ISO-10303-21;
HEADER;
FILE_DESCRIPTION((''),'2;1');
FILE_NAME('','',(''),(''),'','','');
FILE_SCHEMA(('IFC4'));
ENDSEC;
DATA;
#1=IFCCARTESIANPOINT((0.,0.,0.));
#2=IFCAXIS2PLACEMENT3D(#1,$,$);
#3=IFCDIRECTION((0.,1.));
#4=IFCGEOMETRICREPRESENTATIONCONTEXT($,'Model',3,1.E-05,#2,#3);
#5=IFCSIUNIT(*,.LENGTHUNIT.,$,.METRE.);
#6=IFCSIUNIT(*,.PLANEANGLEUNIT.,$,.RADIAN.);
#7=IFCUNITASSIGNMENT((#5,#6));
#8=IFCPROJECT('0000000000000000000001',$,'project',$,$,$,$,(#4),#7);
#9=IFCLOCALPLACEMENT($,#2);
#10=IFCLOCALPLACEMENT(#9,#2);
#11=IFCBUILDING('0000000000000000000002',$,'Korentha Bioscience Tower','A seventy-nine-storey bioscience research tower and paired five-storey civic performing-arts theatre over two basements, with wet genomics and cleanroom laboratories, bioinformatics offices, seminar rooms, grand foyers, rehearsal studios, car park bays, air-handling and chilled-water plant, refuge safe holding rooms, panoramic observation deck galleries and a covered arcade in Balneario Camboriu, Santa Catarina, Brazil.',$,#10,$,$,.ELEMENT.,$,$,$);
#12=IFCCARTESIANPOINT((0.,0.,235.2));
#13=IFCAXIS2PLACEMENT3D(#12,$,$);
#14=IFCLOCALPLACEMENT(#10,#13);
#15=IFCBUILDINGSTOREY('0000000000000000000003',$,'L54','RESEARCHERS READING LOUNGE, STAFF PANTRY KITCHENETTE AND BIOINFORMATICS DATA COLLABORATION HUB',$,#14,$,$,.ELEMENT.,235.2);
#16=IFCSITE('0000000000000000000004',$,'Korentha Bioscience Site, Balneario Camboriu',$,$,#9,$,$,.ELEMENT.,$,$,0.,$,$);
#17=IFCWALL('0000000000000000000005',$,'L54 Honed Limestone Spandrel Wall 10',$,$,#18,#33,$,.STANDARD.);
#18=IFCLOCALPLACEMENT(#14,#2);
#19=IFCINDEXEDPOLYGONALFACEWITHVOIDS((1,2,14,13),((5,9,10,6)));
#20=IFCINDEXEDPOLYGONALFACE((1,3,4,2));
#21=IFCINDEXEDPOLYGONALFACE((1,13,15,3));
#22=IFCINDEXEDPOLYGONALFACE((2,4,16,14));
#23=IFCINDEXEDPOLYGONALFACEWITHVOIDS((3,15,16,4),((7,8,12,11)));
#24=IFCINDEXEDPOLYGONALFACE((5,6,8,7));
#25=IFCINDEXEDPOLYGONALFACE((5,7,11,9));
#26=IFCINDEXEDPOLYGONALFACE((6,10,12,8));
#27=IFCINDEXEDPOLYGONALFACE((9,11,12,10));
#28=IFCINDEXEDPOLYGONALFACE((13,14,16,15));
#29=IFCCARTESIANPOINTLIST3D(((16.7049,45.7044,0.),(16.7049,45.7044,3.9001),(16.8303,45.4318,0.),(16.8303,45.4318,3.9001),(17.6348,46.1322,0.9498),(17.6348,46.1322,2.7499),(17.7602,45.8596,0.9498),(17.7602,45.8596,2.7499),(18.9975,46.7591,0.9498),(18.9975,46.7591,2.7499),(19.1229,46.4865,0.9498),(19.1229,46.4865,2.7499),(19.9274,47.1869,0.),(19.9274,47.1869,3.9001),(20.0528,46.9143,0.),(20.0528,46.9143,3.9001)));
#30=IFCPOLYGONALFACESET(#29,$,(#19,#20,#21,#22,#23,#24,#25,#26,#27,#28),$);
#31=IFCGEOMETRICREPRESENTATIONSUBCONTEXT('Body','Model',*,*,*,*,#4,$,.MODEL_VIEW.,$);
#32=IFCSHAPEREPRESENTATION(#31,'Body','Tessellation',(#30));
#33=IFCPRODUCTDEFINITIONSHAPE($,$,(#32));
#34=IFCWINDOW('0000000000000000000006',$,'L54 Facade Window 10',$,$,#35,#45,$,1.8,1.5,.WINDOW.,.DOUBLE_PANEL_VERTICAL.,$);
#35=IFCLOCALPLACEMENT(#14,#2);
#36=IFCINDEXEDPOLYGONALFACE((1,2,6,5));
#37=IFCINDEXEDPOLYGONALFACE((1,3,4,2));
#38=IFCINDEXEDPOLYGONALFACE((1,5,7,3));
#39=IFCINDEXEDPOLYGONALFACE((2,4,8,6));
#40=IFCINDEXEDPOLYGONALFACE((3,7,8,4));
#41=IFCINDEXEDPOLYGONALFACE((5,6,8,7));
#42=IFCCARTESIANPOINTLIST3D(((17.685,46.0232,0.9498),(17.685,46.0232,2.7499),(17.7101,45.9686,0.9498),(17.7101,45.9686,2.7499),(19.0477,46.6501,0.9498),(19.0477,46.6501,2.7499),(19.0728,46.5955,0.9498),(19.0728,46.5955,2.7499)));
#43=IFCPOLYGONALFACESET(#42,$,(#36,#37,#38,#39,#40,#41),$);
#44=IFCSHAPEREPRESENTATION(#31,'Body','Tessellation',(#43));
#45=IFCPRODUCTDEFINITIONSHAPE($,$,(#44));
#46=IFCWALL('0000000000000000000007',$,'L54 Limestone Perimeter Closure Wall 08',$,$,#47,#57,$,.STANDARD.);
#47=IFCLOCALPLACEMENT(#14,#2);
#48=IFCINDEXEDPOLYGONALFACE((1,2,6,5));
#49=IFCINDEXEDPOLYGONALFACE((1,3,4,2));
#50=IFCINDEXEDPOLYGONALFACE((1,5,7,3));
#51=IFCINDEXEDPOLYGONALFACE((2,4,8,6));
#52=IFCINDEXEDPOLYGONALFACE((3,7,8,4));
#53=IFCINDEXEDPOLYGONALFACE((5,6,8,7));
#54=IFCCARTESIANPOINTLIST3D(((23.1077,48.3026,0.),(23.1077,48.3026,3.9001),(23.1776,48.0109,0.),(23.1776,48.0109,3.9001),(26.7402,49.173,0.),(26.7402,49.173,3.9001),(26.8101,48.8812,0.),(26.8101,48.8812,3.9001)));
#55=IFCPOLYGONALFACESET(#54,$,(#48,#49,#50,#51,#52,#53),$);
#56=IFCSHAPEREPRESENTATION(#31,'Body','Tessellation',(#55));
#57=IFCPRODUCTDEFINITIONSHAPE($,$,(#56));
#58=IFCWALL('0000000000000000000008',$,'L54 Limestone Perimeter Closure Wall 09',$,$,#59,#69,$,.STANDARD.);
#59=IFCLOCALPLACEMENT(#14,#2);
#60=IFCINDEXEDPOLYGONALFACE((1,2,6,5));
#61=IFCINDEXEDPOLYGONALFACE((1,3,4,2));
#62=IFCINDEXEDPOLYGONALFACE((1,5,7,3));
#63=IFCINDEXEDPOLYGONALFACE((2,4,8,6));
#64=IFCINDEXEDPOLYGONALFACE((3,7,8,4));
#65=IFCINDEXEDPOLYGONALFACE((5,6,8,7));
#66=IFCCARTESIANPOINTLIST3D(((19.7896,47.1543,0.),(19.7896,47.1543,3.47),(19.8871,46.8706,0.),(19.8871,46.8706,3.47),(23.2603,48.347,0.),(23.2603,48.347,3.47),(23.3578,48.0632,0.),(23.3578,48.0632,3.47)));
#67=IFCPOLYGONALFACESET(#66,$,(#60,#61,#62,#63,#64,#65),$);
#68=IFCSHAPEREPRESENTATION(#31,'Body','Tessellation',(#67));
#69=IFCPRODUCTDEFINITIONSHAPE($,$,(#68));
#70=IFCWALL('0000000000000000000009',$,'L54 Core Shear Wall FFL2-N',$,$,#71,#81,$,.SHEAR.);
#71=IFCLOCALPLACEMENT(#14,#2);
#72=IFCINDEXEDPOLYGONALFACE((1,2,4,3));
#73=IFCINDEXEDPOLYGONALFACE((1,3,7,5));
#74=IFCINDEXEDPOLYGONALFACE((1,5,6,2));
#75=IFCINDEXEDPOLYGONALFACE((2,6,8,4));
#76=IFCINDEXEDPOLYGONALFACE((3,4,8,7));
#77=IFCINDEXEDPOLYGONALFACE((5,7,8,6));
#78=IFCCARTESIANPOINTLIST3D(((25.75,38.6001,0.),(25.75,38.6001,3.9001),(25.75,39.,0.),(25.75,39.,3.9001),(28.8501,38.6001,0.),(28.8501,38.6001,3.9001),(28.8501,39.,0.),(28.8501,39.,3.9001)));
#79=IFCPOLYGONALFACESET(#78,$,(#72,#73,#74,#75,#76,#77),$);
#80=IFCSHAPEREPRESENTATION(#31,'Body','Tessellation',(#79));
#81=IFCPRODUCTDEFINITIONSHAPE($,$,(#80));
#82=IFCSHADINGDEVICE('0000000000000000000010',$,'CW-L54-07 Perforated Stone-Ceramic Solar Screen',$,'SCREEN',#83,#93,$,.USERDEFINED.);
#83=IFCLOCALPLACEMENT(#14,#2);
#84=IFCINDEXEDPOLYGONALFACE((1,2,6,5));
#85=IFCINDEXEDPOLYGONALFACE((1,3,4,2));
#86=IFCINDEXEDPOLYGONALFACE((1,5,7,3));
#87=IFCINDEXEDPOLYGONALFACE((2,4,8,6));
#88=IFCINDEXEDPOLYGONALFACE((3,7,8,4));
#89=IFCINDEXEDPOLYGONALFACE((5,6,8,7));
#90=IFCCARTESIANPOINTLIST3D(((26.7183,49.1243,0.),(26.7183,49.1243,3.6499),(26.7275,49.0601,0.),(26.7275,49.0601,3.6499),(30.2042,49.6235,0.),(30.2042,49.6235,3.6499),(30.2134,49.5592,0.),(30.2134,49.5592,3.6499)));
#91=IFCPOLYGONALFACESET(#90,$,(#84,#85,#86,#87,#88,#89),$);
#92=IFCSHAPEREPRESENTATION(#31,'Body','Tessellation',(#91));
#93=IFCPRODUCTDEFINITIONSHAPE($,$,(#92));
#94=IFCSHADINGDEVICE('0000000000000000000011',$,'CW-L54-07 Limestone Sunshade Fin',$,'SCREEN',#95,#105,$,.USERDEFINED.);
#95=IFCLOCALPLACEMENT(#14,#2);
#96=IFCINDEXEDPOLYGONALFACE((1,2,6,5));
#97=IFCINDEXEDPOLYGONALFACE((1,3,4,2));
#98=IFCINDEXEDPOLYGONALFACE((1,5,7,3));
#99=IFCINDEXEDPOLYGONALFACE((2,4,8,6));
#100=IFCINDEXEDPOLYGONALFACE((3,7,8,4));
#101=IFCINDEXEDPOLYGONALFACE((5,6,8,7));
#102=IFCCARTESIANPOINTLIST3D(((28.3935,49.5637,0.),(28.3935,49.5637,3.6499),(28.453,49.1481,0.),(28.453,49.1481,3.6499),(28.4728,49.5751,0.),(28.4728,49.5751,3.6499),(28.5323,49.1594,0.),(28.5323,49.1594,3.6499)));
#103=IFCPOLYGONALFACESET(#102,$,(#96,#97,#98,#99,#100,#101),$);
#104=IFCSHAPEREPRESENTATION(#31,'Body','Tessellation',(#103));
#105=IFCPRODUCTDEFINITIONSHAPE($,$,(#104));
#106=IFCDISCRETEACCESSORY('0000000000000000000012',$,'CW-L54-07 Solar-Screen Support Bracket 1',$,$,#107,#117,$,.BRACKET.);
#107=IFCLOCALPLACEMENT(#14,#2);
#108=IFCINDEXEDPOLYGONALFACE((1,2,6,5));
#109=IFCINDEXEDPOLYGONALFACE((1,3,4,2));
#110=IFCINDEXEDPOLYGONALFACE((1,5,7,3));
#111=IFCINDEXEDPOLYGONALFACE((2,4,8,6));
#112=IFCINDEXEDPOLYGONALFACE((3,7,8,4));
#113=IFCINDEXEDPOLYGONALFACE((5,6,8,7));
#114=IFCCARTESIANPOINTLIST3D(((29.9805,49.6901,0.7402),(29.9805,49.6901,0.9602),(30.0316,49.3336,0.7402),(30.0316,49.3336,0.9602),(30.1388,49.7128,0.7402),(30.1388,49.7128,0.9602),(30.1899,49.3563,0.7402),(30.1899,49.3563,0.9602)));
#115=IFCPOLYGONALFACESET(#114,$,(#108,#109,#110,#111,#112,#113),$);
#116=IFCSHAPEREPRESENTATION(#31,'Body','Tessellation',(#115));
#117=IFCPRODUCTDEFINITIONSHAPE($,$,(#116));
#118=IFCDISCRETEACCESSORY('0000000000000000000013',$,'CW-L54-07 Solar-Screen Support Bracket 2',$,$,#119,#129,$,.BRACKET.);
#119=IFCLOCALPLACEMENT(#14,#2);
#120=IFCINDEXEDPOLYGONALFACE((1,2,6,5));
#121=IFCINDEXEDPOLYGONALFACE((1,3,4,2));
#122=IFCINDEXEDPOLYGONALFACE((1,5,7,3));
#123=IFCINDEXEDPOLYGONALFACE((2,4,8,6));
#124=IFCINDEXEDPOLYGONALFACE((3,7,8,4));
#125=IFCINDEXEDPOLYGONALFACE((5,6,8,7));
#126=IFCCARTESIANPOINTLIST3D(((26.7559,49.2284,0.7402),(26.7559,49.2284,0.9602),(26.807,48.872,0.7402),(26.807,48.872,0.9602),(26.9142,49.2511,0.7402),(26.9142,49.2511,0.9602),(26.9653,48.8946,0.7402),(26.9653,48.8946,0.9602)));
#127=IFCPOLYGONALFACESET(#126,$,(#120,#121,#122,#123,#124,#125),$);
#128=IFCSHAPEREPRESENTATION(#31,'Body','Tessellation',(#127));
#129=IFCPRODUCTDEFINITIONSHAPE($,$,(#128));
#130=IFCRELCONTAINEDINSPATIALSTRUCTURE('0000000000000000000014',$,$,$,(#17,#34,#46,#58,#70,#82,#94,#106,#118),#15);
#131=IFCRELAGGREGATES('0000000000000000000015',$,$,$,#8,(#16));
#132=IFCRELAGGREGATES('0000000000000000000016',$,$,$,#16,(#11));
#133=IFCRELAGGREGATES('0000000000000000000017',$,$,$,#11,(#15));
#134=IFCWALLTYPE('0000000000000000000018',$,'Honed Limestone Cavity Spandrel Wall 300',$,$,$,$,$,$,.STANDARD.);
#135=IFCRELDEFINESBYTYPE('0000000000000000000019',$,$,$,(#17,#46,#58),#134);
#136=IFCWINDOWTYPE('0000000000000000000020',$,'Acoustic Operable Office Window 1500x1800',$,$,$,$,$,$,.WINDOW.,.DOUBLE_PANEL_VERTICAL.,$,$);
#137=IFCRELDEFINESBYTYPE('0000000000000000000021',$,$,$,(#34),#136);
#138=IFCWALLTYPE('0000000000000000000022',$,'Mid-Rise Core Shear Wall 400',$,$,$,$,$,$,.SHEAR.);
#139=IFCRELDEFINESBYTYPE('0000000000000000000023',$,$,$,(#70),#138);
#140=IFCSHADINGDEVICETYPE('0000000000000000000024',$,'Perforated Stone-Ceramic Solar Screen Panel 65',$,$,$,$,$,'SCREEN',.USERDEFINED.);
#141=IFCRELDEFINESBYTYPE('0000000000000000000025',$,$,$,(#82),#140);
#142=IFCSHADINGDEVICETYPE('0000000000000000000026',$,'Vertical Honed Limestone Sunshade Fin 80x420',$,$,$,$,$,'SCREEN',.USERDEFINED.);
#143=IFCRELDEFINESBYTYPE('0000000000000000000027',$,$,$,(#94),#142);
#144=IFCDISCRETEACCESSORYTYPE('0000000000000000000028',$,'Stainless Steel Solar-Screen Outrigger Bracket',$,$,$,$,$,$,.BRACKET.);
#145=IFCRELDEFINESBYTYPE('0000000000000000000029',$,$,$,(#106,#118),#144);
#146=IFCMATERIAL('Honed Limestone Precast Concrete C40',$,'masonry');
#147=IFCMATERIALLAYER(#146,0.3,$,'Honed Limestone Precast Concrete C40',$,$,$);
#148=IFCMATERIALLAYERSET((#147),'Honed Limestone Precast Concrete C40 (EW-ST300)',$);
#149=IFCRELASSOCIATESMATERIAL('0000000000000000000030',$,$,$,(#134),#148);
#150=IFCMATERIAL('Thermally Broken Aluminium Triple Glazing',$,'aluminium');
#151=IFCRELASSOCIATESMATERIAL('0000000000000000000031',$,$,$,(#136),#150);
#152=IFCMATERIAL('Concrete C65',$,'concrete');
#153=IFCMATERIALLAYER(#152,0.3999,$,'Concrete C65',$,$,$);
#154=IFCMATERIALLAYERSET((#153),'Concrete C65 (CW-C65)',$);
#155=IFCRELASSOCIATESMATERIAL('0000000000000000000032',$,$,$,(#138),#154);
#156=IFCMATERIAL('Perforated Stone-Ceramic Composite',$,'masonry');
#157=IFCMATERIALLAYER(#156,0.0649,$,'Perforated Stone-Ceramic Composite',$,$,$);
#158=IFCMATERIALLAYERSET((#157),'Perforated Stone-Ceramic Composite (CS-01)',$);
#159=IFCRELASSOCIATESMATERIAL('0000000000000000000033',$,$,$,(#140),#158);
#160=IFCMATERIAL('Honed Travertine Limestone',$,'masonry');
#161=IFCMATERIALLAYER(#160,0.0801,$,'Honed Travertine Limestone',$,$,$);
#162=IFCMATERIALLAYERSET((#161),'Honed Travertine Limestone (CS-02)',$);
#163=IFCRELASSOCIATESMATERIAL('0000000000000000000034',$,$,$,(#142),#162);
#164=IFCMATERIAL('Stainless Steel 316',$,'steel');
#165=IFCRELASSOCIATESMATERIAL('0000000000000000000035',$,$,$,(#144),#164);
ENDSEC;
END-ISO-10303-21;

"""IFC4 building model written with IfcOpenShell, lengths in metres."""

from ifc_helpers import new_model, si_unit, direction, frame, frame_2d, origin, origin_2d, place, context, subcontext, project, spatial, rectangle, extrude, material, layer, layer_set, type_object, element, fill, save


model = new_model("IFC4")

# Units and contexts
model_context = context("Model", 3, precision=1e-05, world=origin(), true_north=direction((0.0, 1.0)))
body_context = subcontext(model_context, "Body", "Model", "MODEL_VIEW")
ifc_project = project(units=[si_unit("LENGTHUNIT", "METRE"), si_unit("PLANEANGLEUNIT", "RADIAN")], contexts=[model_context])

# Site, building, storey
site_placement = place(None, origin())
site = spatial("IfcSite", under=ifc_project, at=site_placement, Name="Korentha Bioscience Site, Balneario Camboriu", CompositionType="ELEMENT", RefElevation=0.0)
building_placement = place(site_placement, origin())
building = spatial("IfcBuilding", under=site, at=building_placement, Name="Korentha Bioscience Tower", Description="A seventy-nine-storey bioscience research tower and paired five-storey civic performing-arts theatre over two basements, with wet genomics and cleanroom laboratories, bioinformatics offices, seminar rooms, grand foyers, rehearsal studios, car park bays, air-handling and chilled-water plant, refuge safe holding rooms, panoramic observation deck galleries and a covered arcade in Balneario Camboriu, Santa Catarina, Brazil.", CompositionType="ELEMENT")
storey_placement = place(building_placement, frame((0.0, 0.0, 235.2)))
storey = spatial("IfcBuildingStorey", under=building, at=storey_placement, Name="L54", Description="RESEARCHERS READING LOUNGE, STAFF PANTRY KITCHENETTE AND BIOINFORMATICS DATA COLLABORATION HUB", CompositionType="ELEMENT", Elevation=235.2)

# Shared definitions
ifc_material_1 = material(Name="Concrete C65", Category="concrete")

# Wall, opening, window
ifc_material_2 = material(Name="Honed Limestone Precast Concrete C40", Category="masonry")
ifc_layer_1 = layer(ifc_material_2, 0.3, Name="Honed Limestone Precast Concrete C40")
ifc_layer_set_1 = layer_set([ifc_layer_1], Name="Honed Limestone Precast Concrete C40 (EW-ST300)")
wall_type_1 = type_object("IfcWallType", Name="Honed Limestone Cavity Spandrel Wall 300", PredefinedType="STANDARD", material=ifc_layer_set_1)
wall_1_placement = place(storey_placement, frame((19.99, 47.0505, 0.0), z_axis=(0.0, 0.0, 1.0), x_axis=(-0.908478, -0.417932, 0.0)))
wall_1 = element("IfcWall", 1, at=wall_1_placement, inside=storey, type_object=wall_type_1, Name="L54 Honed Limestone Spandrel Wall 10", PredefinedType="STANDARD", context=body_context, shape_type="SweptSolid", body=[
    extrude(rectangle(XDim=3.5471, YDim=0.3, at=frame_2d((1.7734, 0.0))), origin(), (0.0, 0.0, 1.0), 3.9001),
])
opening_placement = place(wall_1_placement, frame((1.0234, 0.0, 0.95)))
opening = element("IfcOpeningElement", 2, at=opening_placement, cuts=wall_1, PredefinedType="OPENING", context=body_context, shape_type="SweptSolid", body=[
    extrude(rectangle(XDim=1.5, YDim=1.8, at=frame_2d((0.75, 0.8999))), frame((0.0, 0.165, 0.0), z_axis=(0.0, -1.0, 0.0), x_axis=(1.0, 0.0, 0.0)), (0.0, 0.0, 1.0), 0.3298),
])
ifc_material_3 = material(Name="Thermally Broken Aluminium Triple Glazing", Category="aluminium")
window_type = type_object("IfcWindowType", Name="Acoustic Operable Office Window 1500x1800", PartitioningType="DOUBLE_PANEL_VERTICAL", PredefinedType="WINDOW", material=ifc_material_3)
window_placement = place(opening_placement, origin())
window = element("IfcWindow", 3, at=window_placement, inside=storey, type_object=window_type, Name="L54 Facade Window 10", OverallHeight=1.8, OverallWidth=1.5, PartitioningType="DOUBLE_PANEL_VERTICAL", PredefinedType="WINDOW", context=body_context, shape_type="SweptSolid", body=[
    extrude(rectangle(XDim=1.5, YDim=1.8, at=frame_2d((0.75, 0.8999))), frame((0.0, 0.03, 0.0), z_axis=(0.0, -1.0, 0.0), x_axis=(1.0, 0.0, 0.0)), (0.0, 0.0, 1.0), 0.0601),
])
fill(opening, window)

# Walls
wall_2_placement = place(storey_placement, frame((26.7751, 49.0271, 0.0), z_axis=(0.0, 0.0, 1.0), x_axis=(-0.972476, -0.233005, 0.0)))
element("IfcWall", 4, at=wall_2_placement, inside=storey, type_object=wall_type_1, Name="L54 Limestone Perimeter Closure Wall 08", PredefinedType="STANDARD", context=body_context, shape_type="SweptSolid", body=[
    extrude(rectangle(XDim=3.7354, YDim=0.3, at=frame_2d((1.8677, 0.0))), origin(), (0.0, 0.0, 1.0), 3.9001),
])
wall_3_placement = place(storey_placement, frame((23.3091, 48.2051, 0.0), z_axis=(0.0, 0.0, 1.0), x_axis=(-0.945722, -0.324976, 0.0)))
element("IfcWall", 5, at=wall_3_placement, inside=storey, type_object=wall_type_1, Name="L54 Limestone Perimeter Closure Wall 09", PredefinedType="STANDARD", context=body_context, shape_type="SweptSolid", body=[
    extrude(rectangle(XDim=3.6699, YDim=0.3, at=frame_2d((1.835, 0.0))), origin(), (0.0, 0.0, 1.0), 3.47),
])
ifc_layer_2 = layer(ifc_material_1, 0.3999, Name="Concrete C65")
ifc_layer_set_2 = layer_set([ifc_layer_2], Name="Concrete C65 (CW-C65)")
wall_type_2 = type_object("IfcWallType", Name="Mid-Rise Core Shear Wall 400", PredefinedType="SHEAR", material=ifc_layer_set_2)
wall_4_placement = place(storey_placement, frame((25.75, 38.8, 0.0), z_axis=(0.0, 0.0, 1.0), x_axis=(1.0, 0.0, 0.0)))
element("IfcWall", 6, at=wall_4_placement, inside=storey, type_object=wall_type_2, Name="L54 Core Shear Wall FFL2-N", PredefinedType="SHEAR", context=body_context, shape_type="SweptSolid", body=[
    extrude(rectangle(XDim=3.1001, YDim=0.3999, at=frame_2d((1.55, 0.0))), origin(), (0.0, 0.0, 1.0), 3.9001),
])

# Shading devices
ifc_material_4 = material(Name="Perforated Stone-Ceramic Composite", Category="masonry")
ifc_layer_3 = layer(ifc_material_4, 0.0649, Name="Perforated Stone-Ceramic Composite")
ifc_layer_set_3 = layer_set([ifc_layer_3], Name="Perforated Stone-Ceramic Composite (CS-01)")
shading_device_type_1 = type_object("IfcShadingDeviceType", Name="Perforated Stone-Ceramic Solar Screen Panel 65", ElementType="SCREEN", PredefinedType="USERDEFINED", material=ifc_layer_set_3)
shading_device_1_placement = place(storey_placement, frame((28.4658, 49.3418, 0.0), z_axis=(0.0, 0.0, 1.0), x_axis=(-0.989902, -0.141754, 0.0)))
element("IfcShadingDevice", 7, at=shading_device_1_placement, inside=storey, type_object=shading_device_type_1, Name="CW-L54-07 Perforated Stone-Ceramic Solar Screen", ObjectType="SCREEN", PredefinedType="USERDEFINED", context=body_context, shape_type="SweptSolid", body=[
    extrude(rectangle(XDim=3.5215, YDim=0.0649, at=origin_2d()), origin(), (0.0, 0.0, 1.0), 3.6499),
])
ifc_material_5 = material(Name="Honed Travertine Limestone", Category="masonry")
ifc_layer_4 = layer(ifc_material_5, 0.0801, Name="Honed Travertine Limestone")
ifc_layer_set_4 = layer_set([ifc_layer_4], Name="Honed Travertine Limestone (CS-02)")
shading_device_type_2 = type_object("IfcShadingDeviceType", Name="Vertical Honed Limestone Sunshade Fin 80x420", ElementType="SCREEN", PredefinedType="USERDEFINED", material=ifc_layer_set_4)
shading_device_2_placement = place(storey_placement, frame((28.4629, 49.3616, 0.0), z_axis=(0.0, 0.0, 1.0), x_axis=(-0.989902, -0.141754, 0.0)))
element("IfcShadingDevice", 8, at=shading_device_2_placement, inside=storey, type_object=shading_device_type_2, Name="CW-L54-07 Limestone Sunshade Fin", ObjectType="SCREEN", PredefinedType="USERDEFINED", context=body_context, shape_type="SweptSolid", body=[
    extrude(rectangle(XDim=0.0801, YDim=0.4199, at=origin_2d()), origin(), (0.0, 0.0, 1.0), 3.6499),
])

# Discrete accessories
ifc_material_6 = material(Name="Stainless Steel 316", Category="steel")
discrete_accessory_type = type_object("IfcDiscreteAccessoryType", Name="Stainless Steel Solar-Screen Outrigger Bracket", PredefinedType="BRACKET", material=ifc_material_6)
for number, where, z_axis, x_axis, name in (
    (9, (30.0852, 49.5232, 0.7402), (0.0, 0.0, 1.0), (-0.989902, -0.141754, 0.0), "CW-L54-07 Solar-Screen Support Bracket 1"),
    (10, (26.8606, 49.0615, 0.7402), (0.0, 0.0, 1.0), (-0.989902, -0.141754, 0.0), "CW-L54-07 Solar-Screen Support Bracket 2"),
):
    element("IfcDiscreteAccessory", number, at=place(storey_placement, frame(where, z_axis=z_axis, x_axis=x_axis)), inside=storey, type_object=discrete_accessory_type, Name=name, PredefinedType="BRACKET", context=body_context, shape_type="SweptSolid", body=[
        extrude(rectangle(XDim=0.1599, YDim=0.3601, at=origin_2d()), origin(), (0.0, 0.0, 1.0), 0.22),
    ])

save(model, "model.ifc")
